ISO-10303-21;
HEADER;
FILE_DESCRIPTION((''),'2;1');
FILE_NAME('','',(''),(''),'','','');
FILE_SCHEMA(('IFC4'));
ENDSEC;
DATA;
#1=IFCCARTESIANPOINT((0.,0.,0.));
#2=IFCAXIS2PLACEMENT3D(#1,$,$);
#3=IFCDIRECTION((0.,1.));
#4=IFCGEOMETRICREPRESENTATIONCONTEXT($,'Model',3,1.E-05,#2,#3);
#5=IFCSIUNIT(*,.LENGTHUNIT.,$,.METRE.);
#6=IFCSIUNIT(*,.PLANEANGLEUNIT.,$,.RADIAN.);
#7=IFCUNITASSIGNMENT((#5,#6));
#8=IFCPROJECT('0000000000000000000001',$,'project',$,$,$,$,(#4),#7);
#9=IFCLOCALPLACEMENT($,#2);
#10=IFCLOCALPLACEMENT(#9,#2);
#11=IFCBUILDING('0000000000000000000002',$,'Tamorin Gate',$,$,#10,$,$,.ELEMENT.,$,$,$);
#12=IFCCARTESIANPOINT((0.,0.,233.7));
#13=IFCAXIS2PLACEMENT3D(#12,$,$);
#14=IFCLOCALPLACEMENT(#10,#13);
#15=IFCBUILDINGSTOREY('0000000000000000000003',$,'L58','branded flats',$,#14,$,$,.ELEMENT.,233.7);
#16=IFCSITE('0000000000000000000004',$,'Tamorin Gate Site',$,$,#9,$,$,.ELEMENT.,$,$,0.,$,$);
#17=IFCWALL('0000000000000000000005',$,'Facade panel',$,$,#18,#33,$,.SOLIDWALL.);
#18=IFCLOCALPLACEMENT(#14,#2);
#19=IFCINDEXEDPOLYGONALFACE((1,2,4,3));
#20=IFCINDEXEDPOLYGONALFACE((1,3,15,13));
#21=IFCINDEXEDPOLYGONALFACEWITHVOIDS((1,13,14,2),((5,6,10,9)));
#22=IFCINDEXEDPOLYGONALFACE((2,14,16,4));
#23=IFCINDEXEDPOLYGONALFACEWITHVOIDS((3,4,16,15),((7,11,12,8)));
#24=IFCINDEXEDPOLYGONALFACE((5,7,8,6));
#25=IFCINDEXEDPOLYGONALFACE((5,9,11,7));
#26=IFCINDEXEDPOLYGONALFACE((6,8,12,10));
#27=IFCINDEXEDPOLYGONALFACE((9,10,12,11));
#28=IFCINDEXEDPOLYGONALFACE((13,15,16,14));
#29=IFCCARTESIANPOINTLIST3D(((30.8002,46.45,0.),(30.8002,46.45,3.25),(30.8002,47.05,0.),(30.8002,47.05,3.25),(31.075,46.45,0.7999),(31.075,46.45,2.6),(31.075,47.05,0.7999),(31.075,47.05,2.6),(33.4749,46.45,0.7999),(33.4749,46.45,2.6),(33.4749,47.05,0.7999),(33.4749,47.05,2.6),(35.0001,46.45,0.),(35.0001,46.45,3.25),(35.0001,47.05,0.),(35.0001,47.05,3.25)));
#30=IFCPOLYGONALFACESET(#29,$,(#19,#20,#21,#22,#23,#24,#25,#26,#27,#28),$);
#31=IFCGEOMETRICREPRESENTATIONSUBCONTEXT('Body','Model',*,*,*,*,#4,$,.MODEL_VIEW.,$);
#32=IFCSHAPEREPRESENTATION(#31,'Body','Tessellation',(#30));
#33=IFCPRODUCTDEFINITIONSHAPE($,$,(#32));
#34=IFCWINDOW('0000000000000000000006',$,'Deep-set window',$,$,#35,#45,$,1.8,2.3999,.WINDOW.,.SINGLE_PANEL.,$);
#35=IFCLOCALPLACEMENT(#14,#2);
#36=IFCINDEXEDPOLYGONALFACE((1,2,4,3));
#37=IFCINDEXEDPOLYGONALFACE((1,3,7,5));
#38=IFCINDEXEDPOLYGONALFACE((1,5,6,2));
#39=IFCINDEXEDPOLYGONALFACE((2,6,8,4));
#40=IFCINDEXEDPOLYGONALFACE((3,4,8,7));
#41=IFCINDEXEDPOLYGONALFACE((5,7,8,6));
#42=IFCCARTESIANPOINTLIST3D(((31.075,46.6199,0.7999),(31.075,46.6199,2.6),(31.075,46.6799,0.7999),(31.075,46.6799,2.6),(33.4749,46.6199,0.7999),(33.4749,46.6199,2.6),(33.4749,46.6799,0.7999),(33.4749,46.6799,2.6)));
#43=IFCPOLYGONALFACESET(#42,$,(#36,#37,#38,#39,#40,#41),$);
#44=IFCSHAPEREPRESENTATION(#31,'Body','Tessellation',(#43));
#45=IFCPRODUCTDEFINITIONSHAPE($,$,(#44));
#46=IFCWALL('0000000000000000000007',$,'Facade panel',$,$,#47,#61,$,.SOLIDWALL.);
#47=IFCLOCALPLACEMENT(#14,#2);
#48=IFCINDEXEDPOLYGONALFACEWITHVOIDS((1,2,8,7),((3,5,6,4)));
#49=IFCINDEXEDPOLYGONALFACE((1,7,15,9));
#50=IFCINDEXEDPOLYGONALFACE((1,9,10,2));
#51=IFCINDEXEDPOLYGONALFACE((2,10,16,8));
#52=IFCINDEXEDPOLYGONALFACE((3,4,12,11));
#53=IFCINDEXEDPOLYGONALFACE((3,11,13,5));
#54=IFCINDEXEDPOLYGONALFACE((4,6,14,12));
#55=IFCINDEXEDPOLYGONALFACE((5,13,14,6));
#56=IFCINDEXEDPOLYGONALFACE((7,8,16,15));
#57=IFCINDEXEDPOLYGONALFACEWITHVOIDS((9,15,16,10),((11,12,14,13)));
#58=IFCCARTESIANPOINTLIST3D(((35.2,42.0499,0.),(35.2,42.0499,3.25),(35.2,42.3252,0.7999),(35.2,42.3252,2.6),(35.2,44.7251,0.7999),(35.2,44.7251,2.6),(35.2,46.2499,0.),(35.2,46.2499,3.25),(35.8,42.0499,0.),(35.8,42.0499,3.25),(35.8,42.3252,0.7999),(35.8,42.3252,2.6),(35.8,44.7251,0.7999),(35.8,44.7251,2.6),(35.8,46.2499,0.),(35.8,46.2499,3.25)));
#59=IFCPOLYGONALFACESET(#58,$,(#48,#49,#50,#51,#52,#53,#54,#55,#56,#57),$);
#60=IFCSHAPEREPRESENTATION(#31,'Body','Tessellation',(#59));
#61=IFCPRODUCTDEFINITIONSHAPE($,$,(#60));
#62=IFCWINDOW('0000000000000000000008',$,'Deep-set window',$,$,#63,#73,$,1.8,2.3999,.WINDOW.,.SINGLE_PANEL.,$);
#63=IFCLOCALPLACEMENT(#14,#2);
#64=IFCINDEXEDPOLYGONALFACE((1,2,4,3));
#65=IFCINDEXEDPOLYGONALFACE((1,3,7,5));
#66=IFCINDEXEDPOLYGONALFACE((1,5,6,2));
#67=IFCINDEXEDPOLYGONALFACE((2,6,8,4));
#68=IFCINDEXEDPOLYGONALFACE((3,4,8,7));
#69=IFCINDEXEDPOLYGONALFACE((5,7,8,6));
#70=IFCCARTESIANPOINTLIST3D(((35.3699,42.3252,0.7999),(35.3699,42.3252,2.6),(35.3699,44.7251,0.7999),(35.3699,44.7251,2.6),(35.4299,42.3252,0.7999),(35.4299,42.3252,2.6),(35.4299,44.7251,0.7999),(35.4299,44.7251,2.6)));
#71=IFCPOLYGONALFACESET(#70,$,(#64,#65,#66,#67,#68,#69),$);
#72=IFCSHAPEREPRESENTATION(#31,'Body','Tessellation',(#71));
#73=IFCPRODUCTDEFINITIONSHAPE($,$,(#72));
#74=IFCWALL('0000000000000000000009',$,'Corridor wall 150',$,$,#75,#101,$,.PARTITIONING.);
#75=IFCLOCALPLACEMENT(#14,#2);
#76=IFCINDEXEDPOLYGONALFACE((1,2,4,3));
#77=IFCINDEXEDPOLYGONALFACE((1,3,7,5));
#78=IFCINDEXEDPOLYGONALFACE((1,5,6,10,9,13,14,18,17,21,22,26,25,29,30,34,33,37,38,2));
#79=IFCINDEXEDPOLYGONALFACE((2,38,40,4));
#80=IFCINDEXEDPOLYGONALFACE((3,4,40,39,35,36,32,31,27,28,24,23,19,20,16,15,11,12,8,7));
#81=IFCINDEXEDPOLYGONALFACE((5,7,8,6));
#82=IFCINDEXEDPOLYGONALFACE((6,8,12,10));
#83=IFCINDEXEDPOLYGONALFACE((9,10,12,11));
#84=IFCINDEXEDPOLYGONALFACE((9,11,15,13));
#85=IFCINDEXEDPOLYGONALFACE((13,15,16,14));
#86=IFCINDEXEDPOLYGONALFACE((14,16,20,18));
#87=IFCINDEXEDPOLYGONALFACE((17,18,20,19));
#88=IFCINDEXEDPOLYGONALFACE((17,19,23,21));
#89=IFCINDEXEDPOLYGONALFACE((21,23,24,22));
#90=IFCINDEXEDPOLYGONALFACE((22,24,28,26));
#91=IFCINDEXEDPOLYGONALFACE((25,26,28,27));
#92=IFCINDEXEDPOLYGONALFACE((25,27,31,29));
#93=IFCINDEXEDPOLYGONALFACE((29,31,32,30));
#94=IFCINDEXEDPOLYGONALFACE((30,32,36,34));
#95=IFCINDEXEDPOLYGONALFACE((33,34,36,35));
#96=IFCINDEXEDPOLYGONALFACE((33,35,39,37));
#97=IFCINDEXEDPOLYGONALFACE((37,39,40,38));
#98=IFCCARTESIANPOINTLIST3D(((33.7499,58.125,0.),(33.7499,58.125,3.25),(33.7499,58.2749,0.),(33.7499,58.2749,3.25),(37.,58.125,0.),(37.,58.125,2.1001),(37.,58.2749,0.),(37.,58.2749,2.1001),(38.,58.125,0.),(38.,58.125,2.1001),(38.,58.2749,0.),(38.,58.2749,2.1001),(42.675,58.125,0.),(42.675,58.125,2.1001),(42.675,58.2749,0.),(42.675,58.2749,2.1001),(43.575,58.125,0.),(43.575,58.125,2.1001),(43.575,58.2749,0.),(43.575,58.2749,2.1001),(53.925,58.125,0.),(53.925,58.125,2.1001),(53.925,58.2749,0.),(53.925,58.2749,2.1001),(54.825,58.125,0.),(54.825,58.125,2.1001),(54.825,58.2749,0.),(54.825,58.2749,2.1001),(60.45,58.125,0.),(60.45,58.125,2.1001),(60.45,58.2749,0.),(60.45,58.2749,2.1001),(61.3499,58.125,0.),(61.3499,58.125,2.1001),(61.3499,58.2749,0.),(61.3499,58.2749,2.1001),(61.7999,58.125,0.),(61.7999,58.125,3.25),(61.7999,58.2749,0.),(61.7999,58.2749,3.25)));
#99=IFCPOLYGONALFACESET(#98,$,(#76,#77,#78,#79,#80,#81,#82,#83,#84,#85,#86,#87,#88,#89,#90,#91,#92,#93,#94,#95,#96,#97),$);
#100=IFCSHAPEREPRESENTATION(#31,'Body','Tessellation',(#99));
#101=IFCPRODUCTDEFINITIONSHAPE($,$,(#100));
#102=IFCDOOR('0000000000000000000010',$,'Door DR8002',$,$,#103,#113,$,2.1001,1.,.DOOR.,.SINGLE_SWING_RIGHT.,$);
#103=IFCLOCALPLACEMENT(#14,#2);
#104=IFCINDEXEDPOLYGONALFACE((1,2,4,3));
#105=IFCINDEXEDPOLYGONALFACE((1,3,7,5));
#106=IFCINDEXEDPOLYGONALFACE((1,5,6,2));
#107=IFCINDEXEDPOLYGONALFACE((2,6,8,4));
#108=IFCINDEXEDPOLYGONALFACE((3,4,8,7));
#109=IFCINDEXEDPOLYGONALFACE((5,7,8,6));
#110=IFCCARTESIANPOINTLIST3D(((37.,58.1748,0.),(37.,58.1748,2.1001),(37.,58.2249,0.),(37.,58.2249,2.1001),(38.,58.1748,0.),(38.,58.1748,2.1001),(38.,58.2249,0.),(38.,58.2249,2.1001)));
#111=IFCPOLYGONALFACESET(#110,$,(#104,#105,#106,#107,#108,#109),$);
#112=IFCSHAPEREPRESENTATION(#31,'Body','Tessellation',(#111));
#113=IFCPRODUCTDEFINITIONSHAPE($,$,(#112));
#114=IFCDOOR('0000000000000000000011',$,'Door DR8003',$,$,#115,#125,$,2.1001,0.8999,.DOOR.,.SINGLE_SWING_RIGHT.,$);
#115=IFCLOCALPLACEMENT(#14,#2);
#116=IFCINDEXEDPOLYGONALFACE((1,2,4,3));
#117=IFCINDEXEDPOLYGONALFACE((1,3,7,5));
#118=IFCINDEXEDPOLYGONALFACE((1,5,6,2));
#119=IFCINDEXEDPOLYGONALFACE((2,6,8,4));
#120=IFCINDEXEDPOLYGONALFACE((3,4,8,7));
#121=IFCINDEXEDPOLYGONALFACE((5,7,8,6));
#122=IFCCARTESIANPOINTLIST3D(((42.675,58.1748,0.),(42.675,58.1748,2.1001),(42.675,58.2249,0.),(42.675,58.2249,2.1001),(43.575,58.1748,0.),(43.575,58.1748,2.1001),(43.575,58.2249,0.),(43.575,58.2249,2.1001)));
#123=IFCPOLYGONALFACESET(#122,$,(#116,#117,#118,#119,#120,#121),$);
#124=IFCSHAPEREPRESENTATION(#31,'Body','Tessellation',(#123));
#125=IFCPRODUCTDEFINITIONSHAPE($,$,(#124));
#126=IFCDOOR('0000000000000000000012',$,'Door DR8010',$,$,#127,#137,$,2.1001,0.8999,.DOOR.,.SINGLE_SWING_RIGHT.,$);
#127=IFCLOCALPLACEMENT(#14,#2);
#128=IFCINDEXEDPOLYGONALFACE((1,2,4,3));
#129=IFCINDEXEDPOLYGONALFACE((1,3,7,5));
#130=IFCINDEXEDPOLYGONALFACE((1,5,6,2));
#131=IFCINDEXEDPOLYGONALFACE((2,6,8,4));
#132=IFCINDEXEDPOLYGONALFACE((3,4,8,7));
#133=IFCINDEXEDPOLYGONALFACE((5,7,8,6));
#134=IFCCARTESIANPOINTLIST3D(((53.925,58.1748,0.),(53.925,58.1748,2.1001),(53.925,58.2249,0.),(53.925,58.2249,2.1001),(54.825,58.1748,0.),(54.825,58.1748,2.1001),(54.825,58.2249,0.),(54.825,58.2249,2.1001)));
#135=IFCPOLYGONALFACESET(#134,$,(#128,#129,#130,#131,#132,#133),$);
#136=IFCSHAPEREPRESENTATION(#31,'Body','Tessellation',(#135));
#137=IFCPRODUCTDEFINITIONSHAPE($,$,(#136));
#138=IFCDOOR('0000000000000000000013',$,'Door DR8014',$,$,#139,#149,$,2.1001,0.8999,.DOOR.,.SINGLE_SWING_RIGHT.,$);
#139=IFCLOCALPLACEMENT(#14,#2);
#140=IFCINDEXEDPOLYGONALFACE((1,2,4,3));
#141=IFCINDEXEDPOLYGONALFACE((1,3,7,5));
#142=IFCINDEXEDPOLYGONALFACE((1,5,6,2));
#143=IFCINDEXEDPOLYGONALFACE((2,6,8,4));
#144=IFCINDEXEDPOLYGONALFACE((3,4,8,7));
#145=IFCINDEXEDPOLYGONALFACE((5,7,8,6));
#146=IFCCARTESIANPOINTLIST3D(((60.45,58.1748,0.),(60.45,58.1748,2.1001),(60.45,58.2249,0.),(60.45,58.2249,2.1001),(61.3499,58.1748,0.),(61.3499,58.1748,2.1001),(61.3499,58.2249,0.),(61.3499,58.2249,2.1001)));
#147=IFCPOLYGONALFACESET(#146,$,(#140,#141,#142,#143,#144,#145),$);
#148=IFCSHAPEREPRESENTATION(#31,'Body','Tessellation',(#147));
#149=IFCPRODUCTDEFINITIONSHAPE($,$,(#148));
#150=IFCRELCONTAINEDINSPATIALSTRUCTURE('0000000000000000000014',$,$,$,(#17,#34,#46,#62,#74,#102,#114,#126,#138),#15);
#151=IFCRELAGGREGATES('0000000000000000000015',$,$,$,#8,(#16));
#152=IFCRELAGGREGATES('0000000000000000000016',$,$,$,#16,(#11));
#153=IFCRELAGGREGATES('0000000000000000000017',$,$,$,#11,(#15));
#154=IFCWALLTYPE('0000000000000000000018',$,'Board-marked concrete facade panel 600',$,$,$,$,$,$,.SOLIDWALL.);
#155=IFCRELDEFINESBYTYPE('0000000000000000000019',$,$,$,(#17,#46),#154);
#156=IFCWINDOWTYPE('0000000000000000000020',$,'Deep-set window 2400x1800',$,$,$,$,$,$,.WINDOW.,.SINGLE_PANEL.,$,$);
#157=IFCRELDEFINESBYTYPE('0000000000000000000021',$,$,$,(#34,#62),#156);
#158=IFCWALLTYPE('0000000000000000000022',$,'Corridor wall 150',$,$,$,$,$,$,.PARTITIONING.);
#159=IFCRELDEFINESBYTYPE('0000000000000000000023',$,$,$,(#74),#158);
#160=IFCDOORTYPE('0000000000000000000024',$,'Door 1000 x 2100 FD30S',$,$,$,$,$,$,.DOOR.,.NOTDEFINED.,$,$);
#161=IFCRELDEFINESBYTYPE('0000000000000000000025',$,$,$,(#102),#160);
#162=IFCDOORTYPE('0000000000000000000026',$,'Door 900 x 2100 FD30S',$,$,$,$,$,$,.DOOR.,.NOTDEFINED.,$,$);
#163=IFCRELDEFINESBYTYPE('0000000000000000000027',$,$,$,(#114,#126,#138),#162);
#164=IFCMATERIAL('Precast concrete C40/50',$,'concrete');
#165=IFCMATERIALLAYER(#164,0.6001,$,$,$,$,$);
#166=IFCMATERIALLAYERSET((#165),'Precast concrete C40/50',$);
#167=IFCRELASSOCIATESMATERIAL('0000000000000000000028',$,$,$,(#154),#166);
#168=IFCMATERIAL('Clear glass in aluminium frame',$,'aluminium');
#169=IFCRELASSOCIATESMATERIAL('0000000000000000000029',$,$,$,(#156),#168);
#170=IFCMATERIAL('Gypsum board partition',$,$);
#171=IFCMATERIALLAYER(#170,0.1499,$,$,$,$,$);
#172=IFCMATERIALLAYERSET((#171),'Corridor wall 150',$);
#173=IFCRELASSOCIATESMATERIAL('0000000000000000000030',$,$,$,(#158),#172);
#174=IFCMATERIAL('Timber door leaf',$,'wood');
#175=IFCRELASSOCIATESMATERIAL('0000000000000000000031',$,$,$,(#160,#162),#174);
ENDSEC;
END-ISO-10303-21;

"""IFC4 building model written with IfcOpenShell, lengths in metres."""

from ifc_helpers import new_model, si_unit, direction, frame, frame_2d, origin, place, context, subcontext, project, spatial, rectangle, extrude, material, layer, layer_set, type_object, element, fill, save


model = new_model("IFC4")

# Units and contexts
model_context = context("Model", 3, precision=1e-05, world=origin(), true_north=direction((0.0, 1.0)))
body_context = subcontext(model_context, "Body", "Model", "MODEL_VIEW")
ifc_project = project(units=[si_unit("LENGTHUNIT", "METRE"), si_unit("PLANEANGLEUNIT", "RADIAN")], contexts=[model_context])

# Site, building, storey
site_placement = place(None, origin())
site = spatial("IfcSite", under=ifc_project, at=site_placement, Name="Tamorin Gate Site", CompositionType="ELEMENT", RefElevation=0.0)
building_placement = place(site_placement, origin())
building = spatial("IfcBuilding", under=site, at=building_placement, Name="Tamorin Gate", CompositionType="ELEMENT")
storey_placement = place(building_placement, frame((0.0, 0.0, 233.7)))
storey = spatial("IfcBuildingStorey", under=building, at=storey_placement, Name="L58", Description="branded flats", CompositionType="ELEMENT", Elevation=233.7)

# Shared definitions
ifc_material_1 = material(Name="Precast concrete C40/50", Category="concrete")
ifc_layer_1 = layer(ifc_material_1, 0.6001)
ifc_layer_set_1 = layer_set([ifc_layer_1], Name="Precast concrete C40/50")
wall_type_1 = type_object("IfcWallType", Name="Board-marked concrete facade panel 600", PredefinedType="SOLIDWALL", material=ifc_layer_set_1)
ifc_material_2 = material(Name="Clear glass in aluminium frame", Category="aluminium")
window_type = type_object("IfcWindowType", Name="Deep-set window 2400x1800", PartitioningType="SINGLE_PANEL", PredefinedType="WINDOW", material=ifc_material_2)

# Walls, openings, windows
wall_1_placement = place(storey_placement, frame((30.8, 46.75, 0.0), z_axis=(0.0, 0.0, 1.0), x_axis=(1.0, 0.0, 0.0)))
wall_1 = element("IfcWall", 1, at=wall_1_placement, inside=storey, type_object=wall_type_1, Name="Facade panel", PredefinedType="SOLIDWALL", context=body_context, shape_type="SweptSolid", body=[
    extrude(rectangle(XDim=4.2, YDim=0.6001, at=frame_2d((2.1001, 0.0))), origin(), (0.0, 0.0, 1.0), 3.25),
])
opening_1_placement = place(wall_1_placement, frame((0.2749, 0.0, 0.8)))
opening_1 = element("IfcOpeningElement", 2, at=opening_1_placement, cuts=wall_1, PredefinedType="OPENING", context=body_context, shape_type="SweptSolid", body=[
    extrude(rectangle(XDim=2.3999, YDim=1.8, at=frame_2d((1.2, 0.8999))), frame((0.0, 0.3101, 0.0), z_axis=(0.0, -1.0, 0.0), x_axis=(1.0, 0.0, 0.0)), (0.0, 0.0, 1.0), 0.6201),
])
window_1_placement = place(opening_1_placement, origin())
window_1 = element("IfcWindow", 3, at=window_1_placement, inside=storey, type_object=window_type, Name="Deep-set window", OverallHeight=1.8, OverallWidth=2.3999, PartitioningType="SINGLE_PANEL", PredefinedType="WINDOW", context=body_context, shape_type="SweptSolid", body=[
    extrude(rectangle(XDim=2.3999, YDim=1.8, at=frame_2d((1.2, 0.8999))), frame((0.0, -0.0701, 0.0), z_axis=(0.0, -1.0, 0.0), x_axis=(1.0, 0.0, 0.0)), (0.0, 0.0, 1.0), 0.0601),
])
fill(opening_1, window_1)
wall_2_placement = place(storey_placement, frame((35.5, 46.25, 0.0), z_axis=(0.0, 0.0, 1.0), x_axis=(0.0, -1.0, 0.0)))
wall_2 = element("IfcWall", 4, at=wall_2_placement, inside=storey, type_object=wall_type_1, Name="Facade panel", PredefinedType="SOLIDWALL", context=body_context, shape_type="SweptSolid", body=[
    extrude(rectangle(XDim=4.2, YDim=0.6001, at=frame_2d((2.1001, 0.0))), origin(), (0.0, 0.0, 1.0), 3.25),
])
opening_2_placement = place(wall_2_placement, frame((1.5249, 0.0, 0.8)))
opening_2 = element("IfcOpeningElement", 5, at=opening_2_placement, cuts=wall_2, PredefinedType="OPENING", context=body_context, shape_type="SweptSolid", body=[
    extrude(rectangle(XDim=2.3999, YDim=1.8, at=frame_2d((1.2, 0.8999))), frame((0.0, 0.3101, 0.0), z_axis=(0.0, -1.0, 0.0), x_axis=(1.0, 0.0, 0.0)), (0.0, 0.0, 1.0), 0.6201),
])
window_2_placement = place(opening_2_placement, origin())
window_2 = element("IfcWindow", 6, at=window_2_placement, inside=storey, type_object=window_type, Name="Deep-set window", OverallHeight=1.8, OverallWidth=2.3999, PartitioningType="SINGLE_PANEL", PredefinedType="WINDOW", context=body_context, shape_type="SweptSolid", body=[
    extrude(rectangle(XDim=2.3999, YDim=1.8, at=frame_2d((1.2, 0.8999))), frame((0.0, -0.0701, 0.0), z_axis=(0.0, -1.0, 0.0), x_axis=(1.0, 0.0, 0.0)), (0.0, 0.0, 1.0), 0.0601),
])
fill(opening_2, window_2)

# Wall, openings, doors
ifc_material_3 = material(Name="Gypsum board partition")
ifc_layer_2 = layer(ifc_material_3, 0.1499)
ifc_layer_set_2 = layer_set([ifc_layer_2], Name="Corridor wall 150")
wall_type_2 = type_object("IfcWallType", Name="Corridor wall 150", PredefinedType="PARTITIONING", material=ifc_layer_set_2)
wall_3_placement = place(storey_placement, frame((33.75, 58.2, 0.0), z_axis=(0.0, 0.0, 1.0), x_axis=(1.0, 0.0, 0.0)))
wall_3 = element("IfcWall", 7, at=wall_3_placement, inside=storey, type_object=wall_type_2, Name="Corridor wall 150", PredefinedType="PARTITIONING", context=body_context, shape_type="SweptSolid", body=[
    extrude(rectangle(XDim=28.05, YDim=0.1499, at=frame_2d((14.0249, 0.0))), origin(), (0.0, 0.0, 1.0), 3.25),
])
opening_3_placement = place(wall_3_placement, frame((3.25, 0.0, 0.0)))
opening_3 = element("IfcOpeningElement", 8, at=opening_3_placement, cuts=wall_3, PredefinedType="OPENING", context=body_context, shape_type="SweptSolid", body=[
    extrude(rectangle(XDim=1.0, YDim=2.1001, at=frame_2d((0.5, 1.05))), frame((0.0, 0.085, 0.0), z_axis=(0.0, -1.0, 0.0), x_axis=(1.0, 0.0, 0.0)), (0.0, 0.0, 1.0), 0.1699),
])
opening_4_placement = place(wall_3_placement, frame((8.925, 0.0, 0.0)))
opening_4 = element("IfcOpeningElement", 9, at=opening_4_placement, cuts=wall_3, PredefinedType="OPENING", context=body_context, shape_type="SweptSolid", body=[
    extrude(rectangle(XDim=0.8999, YDim=2.1001, at=frame_2d((0.45, 1.05))), frame((0.0, 0.085, 0.0), z_axis=(0.0, -1.0, 0.0), x_axis=(1.0, 0.0, 0.0)), (0.0, 0.0, 1.0), 0.1699),
])
opening_5_placement = place(wall_3_placement, frame((20.175, 0.0, 0.0)))
opening_5 = element("IfcOpeningElement", 10, at=opening_5_placement, cuts=wall_3, PredefinedType="OPENING", context=body_context, shape_type="SweptSolid", body=[
    extrude(rectangle(XDim=0.8999, YDim=2.1001, at=frame_2d((0.45, 1.05))), frame((0.0, 0.085, 0.0), z_axis=(0.0, -1.0, 0.0), x_axis=(1.0, 0.0, 0.0)), (0.0, 0.0, 1.0), 0.1699),
])
opening_6_placement = place(wall_3_placement, frame((26.7, 0.0, 0.0)))
opening_6 = element("IfcOpeningElement", 11, at=opening_6_placement, cuts=wall_3, PredefinedType="OPENING", context=body_context, shape_type="SweptSolid", body=[
    extrude(rectangle(XDim=0.8999, YDim=2.1001, at=frame_2d((0.45, 1.05))), frame((0.0, 0.085, 0.0), z_axis=(0.0, -1.0, 0.0), x_axis=(1.0, 0.0, 0.0)), (0.0, 0.0, 1.0), 0.1699),
])
ifc_material_4 = material(Name="Timber door leaf", Category="wood")
door_type_1 = type_object("IfcDoorType", Name="Door 1000 x 2100 FD30S", OperationType="NOTDEFINED", PredefinedType="DOOR", material=ifc_material_4)
door_1_placement = place(opening_3_placement, origin())
door_1 = element("IfcDoor", 12, at=door_1_placement, inside=storey, type_object=door_type_1, Name="Door DR8002", OperationType="SINGLE_SWING_RIGHT", OverallHeight=2.1001, OverallWidth=1.0, PredefinedType="DOOR", context=body_context, shape_type="SweptSolid", body=[
    extrude(rectangle(XDim=1.0, YDim=2.1001, at=frame_2d((0.5, 1.05))), frame((0.0, 0.0249, 0.0), z_axis=(0.0, -1.0, 0.0), x_axis=(1.0, 0.0, 0.0)), (0.0, 0.0, 1.0), 0.05),
])
fill(opening_3, door_1)
door_type_2 = type_object("IfcDoorType", Name="Door 900 x 2100 FD30S", OperationType="NOTDEFINED", PredefinedType="DOOR", material=ifc_material_4)
door_2_placement = place(opening_4_placement, origin())
door_2 = element("IfcDoor", 13, at=door_2_placement, inside=storey, type_object=door_type_2, Name="Door DR8003", OperationType="SINGLE_SWING_RIGHT", OverallHeight=2.1001, OverallWidth=0.8999, PredefinedType="DOOR", context=body_context, shape_type="SweptSolid", body=[
    extrude(rectangle(XDim=0.8999, YDim=2.1001, at=frame_2d((0.45, 1.05))), frame((0.0, 0.0249, 0.0), z_axis=(0.0, -1.0, 0.0), x_axis=(1.0, 0.0, 0.0)), (0.0, 0.0, 1.0), 0.05),
])
fill(opening_4, door_2)
door_3_placement = place(opening_5_placement, origin())
door_3 = element("IfcDoor", 14, at=door_3_placement, inside=storey, type_object=door_type_2, Name="Door DR8010", OperationType="SINGLE_SWING_RIGHT", OverallHeight=2.1001, OverallWidth=0.8999, PredefinedType="DOOR", context=body_context, shape_type="SweptSolid", body=[
    extrude(rectangle(XDim=0.8999, YDim=2.1001, at=frame_2d((0.45, 1.05))), frame((0.0, 0.0249, 0.0), z_axis=(0.0, -1.0, 0.0), x_axis=(1.0, 0.0, 0.0)), (0.0, 0.0, 1.0), 0.05),
])
fill(opening_5, door_3)
door_4_placement = place(opening_6_placement, origin())
door_4 = element("IfcDoor", 15, at=door_4_placement, inside=storey, type_object=door_type_2, Name="Door DR8014", OperationType="SINGLE_SWING_RIGHT", OverallHeight=2.1001, OverallWidth=0.8999, PredefinedType="DOOR", context=body_context, shape_type="SweptSolid", body=[
    extrude(rectangle(XDim=0.8999, YDim=2.1001, at=frame_2d((0.45, 1.05))), frame((0.0, 0.0249, 0.0), z_axis=(0.0, -1.0, 0.0), x_axis=(1.0, 0.0, 0.0)), (0.0, 0.0, 1.0), 0.05),
])
fill(opening_6, door_4)

save(model, "model.ifc")
